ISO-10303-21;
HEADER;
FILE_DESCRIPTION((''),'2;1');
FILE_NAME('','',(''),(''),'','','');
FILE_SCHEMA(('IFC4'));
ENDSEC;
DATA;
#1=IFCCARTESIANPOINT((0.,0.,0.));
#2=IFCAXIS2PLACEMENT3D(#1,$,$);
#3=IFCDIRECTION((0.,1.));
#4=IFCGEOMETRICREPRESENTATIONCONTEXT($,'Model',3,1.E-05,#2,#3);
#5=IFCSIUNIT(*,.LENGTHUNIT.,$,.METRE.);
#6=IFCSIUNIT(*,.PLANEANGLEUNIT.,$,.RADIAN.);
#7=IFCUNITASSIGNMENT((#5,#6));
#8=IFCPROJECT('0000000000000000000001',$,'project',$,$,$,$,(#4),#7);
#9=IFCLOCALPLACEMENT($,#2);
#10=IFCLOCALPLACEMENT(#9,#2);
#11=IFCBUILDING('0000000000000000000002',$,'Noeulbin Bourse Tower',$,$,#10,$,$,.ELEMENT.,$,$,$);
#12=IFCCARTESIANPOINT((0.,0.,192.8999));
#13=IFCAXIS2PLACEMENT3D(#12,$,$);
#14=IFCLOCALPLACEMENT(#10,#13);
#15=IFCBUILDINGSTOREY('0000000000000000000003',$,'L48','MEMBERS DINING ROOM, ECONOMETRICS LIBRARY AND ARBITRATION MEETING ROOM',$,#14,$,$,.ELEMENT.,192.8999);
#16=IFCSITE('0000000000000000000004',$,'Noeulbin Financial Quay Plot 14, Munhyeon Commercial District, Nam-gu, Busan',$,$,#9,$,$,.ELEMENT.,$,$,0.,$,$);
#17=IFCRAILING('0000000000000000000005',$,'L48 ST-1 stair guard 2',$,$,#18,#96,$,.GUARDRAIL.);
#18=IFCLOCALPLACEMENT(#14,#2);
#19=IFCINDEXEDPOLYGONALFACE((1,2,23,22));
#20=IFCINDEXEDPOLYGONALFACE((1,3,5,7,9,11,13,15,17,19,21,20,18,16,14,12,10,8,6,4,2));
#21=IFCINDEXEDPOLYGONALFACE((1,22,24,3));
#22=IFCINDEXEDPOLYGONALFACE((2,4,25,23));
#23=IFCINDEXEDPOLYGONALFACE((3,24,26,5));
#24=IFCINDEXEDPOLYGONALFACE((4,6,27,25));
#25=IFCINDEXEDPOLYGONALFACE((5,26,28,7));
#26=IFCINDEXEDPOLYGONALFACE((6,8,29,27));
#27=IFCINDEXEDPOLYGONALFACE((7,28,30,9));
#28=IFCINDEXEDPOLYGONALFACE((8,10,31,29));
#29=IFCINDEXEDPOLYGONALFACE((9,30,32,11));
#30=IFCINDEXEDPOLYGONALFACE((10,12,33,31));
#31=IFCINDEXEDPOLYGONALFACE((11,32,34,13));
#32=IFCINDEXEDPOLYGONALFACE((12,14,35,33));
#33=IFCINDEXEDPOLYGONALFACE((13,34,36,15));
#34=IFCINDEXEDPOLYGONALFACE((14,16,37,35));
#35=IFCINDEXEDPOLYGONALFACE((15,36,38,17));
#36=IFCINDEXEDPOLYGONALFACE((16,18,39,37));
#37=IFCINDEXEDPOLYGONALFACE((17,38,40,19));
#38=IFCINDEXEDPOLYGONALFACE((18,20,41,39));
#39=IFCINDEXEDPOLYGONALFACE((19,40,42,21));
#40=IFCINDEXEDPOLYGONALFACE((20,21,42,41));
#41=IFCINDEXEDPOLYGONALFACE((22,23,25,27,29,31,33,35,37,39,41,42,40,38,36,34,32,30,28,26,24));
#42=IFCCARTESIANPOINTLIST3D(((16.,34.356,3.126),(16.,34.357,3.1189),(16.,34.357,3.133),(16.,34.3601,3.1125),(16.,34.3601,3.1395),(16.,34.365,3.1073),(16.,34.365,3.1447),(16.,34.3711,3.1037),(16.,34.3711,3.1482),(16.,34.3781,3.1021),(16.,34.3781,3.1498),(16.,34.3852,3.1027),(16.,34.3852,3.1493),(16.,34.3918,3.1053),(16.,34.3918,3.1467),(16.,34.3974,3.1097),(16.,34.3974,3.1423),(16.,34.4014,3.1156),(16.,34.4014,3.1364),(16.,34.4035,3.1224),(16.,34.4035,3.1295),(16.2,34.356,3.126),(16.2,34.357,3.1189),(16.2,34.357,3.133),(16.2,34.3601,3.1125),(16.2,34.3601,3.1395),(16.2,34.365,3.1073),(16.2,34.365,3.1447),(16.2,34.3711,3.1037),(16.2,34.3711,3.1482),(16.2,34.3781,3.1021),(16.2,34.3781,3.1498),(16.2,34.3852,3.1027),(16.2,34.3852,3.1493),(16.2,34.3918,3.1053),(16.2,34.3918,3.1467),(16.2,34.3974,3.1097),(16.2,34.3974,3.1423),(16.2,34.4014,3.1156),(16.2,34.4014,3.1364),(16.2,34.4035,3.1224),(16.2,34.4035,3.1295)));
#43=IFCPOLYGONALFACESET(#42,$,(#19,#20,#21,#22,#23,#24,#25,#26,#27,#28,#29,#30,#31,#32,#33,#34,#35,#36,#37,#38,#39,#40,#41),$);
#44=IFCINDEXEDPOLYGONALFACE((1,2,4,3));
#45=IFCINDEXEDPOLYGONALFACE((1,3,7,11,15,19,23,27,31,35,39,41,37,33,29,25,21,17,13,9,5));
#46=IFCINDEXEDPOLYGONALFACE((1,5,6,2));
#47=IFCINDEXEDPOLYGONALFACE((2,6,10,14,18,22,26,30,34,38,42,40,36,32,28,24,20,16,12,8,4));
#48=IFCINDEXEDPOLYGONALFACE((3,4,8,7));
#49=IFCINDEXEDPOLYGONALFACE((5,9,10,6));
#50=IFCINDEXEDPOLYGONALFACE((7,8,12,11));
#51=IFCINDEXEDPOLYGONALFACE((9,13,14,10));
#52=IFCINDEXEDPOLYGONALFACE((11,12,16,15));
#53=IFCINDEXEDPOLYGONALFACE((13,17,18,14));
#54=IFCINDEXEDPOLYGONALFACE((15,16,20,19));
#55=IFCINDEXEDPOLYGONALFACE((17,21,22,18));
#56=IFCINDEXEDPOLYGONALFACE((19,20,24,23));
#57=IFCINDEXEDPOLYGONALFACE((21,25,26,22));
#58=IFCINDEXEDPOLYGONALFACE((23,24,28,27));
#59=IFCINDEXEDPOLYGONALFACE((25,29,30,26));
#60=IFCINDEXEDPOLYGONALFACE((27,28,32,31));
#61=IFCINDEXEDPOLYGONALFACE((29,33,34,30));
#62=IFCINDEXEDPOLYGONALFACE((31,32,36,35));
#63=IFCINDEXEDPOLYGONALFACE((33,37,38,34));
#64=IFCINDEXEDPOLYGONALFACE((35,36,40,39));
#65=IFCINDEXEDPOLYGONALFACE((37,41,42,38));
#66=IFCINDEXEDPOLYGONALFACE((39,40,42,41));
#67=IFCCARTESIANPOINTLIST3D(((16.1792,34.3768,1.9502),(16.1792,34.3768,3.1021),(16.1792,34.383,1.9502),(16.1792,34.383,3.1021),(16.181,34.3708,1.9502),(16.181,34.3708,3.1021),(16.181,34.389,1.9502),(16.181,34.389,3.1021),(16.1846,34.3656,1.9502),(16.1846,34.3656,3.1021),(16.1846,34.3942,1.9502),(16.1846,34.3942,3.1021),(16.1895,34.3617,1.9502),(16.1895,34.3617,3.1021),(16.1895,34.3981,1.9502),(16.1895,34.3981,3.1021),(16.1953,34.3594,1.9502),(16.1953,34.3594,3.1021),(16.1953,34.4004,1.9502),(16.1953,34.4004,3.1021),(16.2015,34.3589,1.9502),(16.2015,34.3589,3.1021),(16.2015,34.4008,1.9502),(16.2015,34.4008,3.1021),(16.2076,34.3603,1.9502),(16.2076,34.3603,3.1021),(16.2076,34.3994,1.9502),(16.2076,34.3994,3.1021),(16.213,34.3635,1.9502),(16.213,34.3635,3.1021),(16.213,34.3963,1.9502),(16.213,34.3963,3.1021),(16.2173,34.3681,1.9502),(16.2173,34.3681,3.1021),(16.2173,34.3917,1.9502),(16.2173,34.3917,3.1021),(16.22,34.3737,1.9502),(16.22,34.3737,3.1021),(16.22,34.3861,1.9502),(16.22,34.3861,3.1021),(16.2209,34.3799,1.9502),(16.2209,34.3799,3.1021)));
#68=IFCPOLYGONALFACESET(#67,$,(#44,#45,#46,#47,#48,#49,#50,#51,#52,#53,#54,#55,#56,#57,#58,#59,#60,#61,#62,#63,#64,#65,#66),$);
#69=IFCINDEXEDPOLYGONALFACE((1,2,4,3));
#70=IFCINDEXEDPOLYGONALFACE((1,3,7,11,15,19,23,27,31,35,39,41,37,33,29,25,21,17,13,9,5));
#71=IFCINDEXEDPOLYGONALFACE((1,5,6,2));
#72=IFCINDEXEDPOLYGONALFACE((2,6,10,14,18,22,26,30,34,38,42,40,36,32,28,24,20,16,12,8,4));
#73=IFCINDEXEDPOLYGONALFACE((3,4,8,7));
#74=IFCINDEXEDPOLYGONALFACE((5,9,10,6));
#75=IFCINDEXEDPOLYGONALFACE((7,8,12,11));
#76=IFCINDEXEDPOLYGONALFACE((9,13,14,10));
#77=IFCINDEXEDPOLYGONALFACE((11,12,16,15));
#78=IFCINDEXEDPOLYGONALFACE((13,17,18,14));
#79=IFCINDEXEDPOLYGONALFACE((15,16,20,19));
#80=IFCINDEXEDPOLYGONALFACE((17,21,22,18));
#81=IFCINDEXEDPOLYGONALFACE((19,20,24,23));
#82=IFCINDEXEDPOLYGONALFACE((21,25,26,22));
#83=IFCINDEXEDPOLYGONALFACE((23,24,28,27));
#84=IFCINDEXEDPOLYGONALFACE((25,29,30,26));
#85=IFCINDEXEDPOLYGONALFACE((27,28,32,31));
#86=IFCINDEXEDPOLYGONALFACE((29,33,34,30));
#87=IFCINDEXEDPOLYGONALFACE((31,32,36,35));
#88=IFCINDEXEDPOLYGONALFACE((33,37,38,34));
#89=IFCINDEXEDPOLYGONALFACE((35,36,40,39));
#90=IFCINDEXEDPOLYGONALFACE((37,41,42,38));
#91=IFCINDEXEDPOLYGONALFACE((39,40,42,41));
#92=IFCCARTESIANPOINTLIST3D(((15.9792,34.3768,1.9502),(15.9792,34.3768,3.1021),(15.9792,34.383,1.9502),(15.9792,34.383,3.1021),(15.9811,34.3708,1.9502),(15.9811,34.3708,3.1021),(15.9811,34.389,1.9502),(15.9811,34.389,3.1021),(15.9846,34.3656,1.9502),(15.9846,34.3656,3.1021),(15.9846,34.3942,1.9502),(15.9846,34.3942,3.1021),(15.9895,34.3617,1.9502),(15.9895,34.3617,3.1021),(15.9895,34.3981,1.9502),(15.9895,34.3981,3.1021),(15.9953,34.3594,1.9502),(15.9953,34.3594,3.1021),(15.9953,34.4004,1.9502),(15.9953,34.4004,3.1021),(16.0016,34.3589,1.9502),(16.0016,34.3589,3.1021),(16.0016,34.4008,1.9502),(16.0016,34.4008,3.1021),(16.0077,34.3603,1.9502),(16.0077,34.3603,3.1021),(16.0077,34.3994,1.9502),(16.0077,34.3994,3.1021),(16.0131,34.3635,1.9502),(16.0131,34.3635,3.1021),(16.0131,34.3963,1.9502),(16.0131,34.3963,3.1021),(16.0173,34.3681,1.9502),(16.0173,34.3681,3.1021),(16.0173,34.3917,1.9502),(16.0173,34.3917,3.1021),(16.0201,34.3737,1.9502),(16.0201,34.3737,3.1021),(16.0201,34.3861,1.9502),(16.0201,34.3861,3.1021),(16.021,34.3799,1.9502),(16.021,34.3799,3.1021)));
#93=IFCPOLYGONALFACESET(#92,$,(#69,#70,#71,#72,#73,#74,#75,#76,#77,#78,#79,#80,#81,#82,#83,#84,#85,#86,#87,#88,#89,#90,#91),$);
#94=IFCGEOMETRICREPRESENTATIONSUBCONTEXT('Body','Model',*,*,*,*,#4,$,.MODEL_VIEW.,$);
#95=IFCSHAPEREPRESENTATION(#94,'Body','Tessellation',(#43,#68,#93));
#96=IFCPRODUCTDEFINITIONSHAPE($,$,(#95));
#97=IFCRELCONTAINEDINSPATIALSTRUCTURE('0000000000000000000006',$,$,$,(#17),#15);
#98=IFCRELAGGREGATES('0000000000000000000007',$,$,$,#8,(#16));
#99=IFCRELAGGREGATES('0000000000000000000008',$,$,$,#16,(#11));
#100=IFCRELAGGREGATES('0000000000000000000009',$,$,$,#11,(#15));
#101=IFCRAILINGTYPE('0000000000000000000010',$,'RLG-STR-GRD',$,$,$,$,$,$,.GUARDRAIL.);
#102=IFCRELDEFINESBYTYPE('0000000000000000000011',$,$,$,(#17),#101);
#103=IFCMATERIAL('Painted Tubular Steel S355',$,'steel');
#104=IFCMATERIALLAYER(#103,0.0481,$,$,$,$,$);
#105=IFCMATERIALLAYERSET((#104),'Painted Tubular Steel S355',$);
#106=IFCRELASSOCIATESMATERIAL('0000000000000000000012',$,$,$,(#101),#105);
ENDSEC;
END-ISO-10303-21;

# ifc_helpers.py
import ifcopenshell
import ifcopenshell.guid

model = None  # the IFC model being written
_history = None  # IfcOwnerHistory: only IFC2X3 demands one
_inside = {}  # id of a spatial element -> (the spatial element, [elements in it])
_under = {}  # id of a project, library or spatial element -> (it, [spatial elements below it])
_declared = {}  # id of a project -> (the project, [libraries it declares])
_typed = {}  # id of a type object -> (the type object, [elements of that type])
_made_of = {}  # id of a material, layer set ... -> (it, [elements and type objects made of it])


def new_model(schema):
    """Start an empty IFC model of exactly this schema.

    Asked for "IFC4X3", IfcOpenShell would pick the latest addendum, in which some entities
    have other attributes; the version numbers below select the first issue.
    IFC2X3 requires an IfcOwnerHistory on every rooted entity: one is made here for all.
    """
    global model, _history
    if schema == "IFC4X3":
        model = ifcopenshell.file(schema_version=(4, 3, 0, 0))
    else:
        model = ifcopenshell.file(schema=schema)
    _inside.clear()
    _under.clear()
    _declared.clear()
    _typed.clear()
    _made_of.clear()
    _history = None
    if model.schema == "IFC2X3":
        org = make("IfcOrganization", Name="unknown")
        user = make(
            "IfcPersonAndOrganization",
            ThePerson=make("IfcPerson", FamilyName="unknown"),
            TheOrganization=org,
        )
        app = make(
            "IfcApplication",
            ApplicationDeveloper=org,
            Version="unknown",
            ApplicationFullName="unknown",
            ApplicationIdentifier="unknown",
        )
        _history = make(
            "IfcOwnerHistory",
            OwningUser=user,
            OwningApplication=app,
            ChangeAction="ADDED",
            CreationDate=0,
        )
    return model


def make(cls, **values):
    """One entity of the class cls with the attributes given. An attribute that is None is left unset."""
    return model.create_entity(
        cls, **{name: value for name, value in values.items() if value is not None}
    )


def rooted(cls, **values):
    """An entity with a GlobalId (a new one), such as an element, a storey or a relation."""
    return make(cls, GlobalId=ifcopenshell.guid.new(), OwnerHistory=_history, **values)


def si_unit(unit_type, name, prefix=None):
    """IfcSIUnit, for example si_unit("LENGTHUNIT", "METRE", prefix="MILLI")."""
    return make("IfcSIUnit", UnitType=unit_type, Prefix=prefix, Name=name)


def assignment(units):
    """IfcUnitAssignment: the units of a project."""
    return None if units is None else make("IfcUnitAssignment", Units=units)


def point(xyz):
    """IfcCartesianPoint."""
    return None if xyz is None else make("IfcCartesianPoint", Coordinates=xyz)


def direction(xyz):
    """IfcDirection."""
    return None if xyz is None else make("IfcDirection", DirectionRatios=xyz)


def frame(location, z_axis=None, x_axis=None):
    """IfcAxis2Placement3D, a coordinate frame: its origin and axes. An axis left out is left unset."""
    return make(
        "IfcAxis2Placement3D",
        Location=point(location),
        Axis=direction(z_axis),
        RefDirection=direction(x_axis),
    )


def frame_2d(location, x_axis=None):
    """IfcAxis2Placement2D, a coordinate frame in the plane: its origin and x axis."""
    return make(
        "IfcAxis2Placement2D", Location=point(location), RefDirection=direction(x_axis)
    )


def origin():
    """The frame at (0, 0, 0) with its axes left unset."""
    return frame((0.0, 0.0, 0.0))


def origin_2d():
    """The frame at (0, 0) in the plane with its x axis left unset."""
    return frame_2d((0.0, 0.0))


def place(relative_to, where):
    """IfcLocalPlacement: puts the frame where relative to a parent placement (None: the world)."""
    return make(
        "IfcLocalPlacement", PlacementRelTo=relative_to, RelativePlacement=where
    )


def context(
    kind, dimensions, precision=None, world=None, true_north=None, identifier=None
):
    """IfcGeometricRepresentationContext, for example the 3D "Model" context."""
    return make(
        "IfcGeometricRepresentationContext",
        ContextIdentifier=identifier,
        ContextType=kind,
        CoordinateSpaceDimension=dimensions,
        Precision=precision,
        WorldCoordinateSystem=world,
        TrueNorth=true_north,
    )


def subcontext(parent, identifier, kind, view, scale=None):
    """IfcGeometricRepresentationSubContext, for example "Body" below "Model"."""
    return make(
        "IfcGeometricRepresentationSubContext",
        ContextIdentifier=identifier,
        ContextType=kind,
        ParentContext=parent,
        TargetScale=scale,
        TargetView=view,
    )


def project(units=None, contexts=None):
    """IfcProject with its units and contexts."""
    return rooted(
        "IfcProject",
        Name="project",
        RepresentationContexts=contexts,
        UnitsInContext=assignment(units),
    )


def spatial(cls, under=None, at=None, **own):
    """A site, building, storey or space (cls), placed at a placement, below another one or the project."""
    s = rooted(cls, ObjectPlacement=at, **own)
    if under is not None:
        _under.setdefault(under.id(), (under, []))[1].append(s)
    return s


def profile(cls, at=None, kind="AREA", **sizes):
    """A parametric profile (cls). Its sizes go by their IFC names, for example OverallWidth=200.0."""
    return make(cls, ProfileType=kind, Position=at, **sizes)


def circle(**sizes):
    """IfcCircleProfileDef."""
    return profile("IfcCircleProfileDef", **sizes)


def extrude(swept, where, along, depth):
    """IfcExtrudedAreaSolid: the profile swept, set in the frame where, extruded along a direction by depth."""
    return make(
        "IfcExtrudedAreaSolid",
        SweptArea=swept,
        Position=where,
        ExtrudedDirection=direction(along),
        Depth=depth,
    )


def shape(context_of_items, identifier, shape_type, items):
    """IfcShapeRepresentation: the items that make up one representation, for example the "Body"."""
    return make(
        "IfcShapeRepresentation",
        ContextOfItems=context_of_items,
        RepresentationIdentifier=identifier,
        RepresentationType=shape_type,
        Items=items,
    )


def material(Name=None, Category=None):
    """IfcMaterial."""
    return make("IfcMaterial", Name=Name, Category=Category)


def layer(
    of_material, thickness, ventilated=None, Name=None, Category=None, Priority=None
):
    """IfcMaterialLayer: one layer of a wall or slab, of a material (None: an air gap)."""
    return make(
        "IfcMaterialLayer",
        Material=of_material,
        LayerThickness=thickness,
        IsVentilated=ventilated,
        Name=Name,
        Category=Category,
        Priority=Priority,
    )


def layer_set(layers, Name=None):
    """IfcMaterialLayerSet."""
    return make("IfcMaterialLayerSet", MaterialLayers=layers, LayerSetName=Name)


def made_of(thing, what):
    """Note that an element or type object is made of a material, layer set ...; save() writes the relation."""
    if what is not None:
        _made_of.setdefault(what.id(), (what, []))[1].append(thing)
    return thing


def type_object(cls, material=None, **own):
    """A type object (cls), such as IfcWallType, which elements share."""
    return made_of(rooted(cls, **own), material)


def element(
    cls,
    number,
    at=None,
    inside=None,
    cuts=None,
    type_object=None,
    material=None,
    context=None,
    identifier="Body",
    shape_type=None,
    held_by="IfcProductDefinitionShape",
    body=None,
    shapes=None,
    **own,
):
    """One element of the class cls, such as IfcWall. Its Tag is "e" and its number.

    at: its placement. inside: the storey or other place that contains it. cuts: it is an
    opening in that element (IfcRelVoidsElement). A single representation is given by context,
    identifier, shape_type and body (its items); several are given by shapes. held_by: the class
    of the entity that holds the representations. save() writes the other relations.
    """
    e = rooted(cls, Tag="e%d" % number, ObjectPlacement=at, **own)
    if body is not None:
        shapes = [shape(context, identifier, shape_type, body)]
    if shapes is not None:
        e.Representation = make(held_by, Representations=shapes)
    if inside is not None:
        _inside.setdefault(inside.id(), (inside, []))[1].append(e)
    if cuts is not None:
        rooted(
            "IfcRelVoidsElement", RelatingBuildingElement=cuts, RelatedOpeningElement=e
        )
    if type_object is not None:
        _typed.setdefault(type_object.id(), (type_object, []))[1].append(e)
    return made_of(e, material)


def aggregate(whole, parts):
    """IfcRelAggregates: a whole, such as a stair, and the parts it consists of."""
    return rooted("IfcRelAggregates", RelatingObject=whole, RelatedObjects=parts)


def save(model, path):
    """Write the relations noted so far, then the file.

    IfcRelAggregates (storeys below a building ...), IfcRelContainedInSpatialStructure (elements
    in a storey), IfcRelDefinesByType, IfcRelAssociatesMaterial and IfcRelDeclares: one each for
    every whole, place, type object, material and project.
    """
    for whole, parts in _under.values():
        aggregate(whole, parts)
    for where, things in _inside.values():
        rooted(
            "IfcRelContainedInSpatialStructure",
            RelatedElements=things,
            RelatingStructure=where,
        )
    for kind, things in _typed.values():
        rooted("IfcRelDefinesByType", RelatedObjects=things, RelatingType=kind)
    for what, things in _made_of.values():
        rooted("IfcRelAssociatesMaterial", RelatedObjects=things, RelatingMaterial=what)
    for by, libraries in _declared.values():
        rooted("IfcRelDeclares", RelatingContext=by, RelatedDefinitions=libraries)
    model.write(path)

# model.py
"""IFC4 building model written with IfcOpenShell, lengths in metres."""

from ifc_helpers import new_model, si_unit, direction, frame, origin, origin_2d, place, context, subcontext, project, spatial, circle, extrude, material, layer, layer_set, type_object, element, save


model = new_model("IFC4")

# Units and contexts
model_context = context("Model", 3, precision=1e-05, world=origin(), true_north=direction((0.0, 1.0)))
body_context = subcontext(model_context, "Body", "Model", "MODEL_VIEW")
ifc_project = project(units=[si_unit("LENGTHUNIT", "METRE"), si_unit("PLANEANGLEUNIT", "RADIAN")], contexts=[model_context])

# Site, building, storey
site_placement = place(None, origin())
site = spatial("IfcSite", under=ifc_project, at=site_placement, Name="Noeulbin Financial Quay Plot 14, Munhyeon Commercial District, Nam-gu, Busan", CompositionType="ELEMENT", RefElevation=0.0)
building_placement = place(site_placement, origin())
building = spatial("IfcBuilding", under=site, at=building_placement, Name="Noeulbin Bourse Tower", CompositionType="ELEMENT")
storey_placement = place(building_placement, frame((0.0, 0.0, 192.8999)))
storey = spatial("IfcBuildingStorey", under=building, at=storey_placement, Name="L48", Description="MEMBERS DINING ROOM, ECONOMETRICS LIBRARY AND ARBITRATION MEETING ROOM", CompositionType="ELEMENT", Elevation=192.8999)

# Railing
ifc_material_1 = material(Name="Painted Tubular Steel S355", Category="steel")
ifc_layer_1 = layer(ifc_material_1, 0.0481)
ifc_layer_set_1 = layer_set([ifc_layer_1], Name="Painted Tubular Steel S355")
railing_type_1 = type_object("IfcRailingType", Name="RLG-STR-GRD", PredefinedType="GUARDRAIL", material=ifc_layer_set_1)
railing_1_placement = place(storey_placement, frame((16.2, 34.3799, 1.9502)))
element("IfcRailing", 1, at=railing_1_placement, inside=storey, type_object=railing_type_1, Name="L48 ST-1 stair guard 2", PredefinedType="GUARDRAIL", context=body_context, shape_type="SweptSolid", body=[
    extrude(circle(Radius=0.0239, at=origin_2d()), frame((0.0, 0.0, 1.1758), z_axis=(-1.0, 0.0, 0.0), x_axis=(0.0, -1.0, 0.0)), (0.0, 0.0, 1.0), 0.2),
    extrude(circle(Radius=0.021, at=origin_2d()), origin(), (0.0, 0.0, 1.0), 1.1519),
    extrude(circle(Radius=0.021, at=origin_2d()), frame((-0.2, 0.0, 0.0)), (0.0, 0.0, 1.0), 1.1519),
])

save(model, "model.ifc")
